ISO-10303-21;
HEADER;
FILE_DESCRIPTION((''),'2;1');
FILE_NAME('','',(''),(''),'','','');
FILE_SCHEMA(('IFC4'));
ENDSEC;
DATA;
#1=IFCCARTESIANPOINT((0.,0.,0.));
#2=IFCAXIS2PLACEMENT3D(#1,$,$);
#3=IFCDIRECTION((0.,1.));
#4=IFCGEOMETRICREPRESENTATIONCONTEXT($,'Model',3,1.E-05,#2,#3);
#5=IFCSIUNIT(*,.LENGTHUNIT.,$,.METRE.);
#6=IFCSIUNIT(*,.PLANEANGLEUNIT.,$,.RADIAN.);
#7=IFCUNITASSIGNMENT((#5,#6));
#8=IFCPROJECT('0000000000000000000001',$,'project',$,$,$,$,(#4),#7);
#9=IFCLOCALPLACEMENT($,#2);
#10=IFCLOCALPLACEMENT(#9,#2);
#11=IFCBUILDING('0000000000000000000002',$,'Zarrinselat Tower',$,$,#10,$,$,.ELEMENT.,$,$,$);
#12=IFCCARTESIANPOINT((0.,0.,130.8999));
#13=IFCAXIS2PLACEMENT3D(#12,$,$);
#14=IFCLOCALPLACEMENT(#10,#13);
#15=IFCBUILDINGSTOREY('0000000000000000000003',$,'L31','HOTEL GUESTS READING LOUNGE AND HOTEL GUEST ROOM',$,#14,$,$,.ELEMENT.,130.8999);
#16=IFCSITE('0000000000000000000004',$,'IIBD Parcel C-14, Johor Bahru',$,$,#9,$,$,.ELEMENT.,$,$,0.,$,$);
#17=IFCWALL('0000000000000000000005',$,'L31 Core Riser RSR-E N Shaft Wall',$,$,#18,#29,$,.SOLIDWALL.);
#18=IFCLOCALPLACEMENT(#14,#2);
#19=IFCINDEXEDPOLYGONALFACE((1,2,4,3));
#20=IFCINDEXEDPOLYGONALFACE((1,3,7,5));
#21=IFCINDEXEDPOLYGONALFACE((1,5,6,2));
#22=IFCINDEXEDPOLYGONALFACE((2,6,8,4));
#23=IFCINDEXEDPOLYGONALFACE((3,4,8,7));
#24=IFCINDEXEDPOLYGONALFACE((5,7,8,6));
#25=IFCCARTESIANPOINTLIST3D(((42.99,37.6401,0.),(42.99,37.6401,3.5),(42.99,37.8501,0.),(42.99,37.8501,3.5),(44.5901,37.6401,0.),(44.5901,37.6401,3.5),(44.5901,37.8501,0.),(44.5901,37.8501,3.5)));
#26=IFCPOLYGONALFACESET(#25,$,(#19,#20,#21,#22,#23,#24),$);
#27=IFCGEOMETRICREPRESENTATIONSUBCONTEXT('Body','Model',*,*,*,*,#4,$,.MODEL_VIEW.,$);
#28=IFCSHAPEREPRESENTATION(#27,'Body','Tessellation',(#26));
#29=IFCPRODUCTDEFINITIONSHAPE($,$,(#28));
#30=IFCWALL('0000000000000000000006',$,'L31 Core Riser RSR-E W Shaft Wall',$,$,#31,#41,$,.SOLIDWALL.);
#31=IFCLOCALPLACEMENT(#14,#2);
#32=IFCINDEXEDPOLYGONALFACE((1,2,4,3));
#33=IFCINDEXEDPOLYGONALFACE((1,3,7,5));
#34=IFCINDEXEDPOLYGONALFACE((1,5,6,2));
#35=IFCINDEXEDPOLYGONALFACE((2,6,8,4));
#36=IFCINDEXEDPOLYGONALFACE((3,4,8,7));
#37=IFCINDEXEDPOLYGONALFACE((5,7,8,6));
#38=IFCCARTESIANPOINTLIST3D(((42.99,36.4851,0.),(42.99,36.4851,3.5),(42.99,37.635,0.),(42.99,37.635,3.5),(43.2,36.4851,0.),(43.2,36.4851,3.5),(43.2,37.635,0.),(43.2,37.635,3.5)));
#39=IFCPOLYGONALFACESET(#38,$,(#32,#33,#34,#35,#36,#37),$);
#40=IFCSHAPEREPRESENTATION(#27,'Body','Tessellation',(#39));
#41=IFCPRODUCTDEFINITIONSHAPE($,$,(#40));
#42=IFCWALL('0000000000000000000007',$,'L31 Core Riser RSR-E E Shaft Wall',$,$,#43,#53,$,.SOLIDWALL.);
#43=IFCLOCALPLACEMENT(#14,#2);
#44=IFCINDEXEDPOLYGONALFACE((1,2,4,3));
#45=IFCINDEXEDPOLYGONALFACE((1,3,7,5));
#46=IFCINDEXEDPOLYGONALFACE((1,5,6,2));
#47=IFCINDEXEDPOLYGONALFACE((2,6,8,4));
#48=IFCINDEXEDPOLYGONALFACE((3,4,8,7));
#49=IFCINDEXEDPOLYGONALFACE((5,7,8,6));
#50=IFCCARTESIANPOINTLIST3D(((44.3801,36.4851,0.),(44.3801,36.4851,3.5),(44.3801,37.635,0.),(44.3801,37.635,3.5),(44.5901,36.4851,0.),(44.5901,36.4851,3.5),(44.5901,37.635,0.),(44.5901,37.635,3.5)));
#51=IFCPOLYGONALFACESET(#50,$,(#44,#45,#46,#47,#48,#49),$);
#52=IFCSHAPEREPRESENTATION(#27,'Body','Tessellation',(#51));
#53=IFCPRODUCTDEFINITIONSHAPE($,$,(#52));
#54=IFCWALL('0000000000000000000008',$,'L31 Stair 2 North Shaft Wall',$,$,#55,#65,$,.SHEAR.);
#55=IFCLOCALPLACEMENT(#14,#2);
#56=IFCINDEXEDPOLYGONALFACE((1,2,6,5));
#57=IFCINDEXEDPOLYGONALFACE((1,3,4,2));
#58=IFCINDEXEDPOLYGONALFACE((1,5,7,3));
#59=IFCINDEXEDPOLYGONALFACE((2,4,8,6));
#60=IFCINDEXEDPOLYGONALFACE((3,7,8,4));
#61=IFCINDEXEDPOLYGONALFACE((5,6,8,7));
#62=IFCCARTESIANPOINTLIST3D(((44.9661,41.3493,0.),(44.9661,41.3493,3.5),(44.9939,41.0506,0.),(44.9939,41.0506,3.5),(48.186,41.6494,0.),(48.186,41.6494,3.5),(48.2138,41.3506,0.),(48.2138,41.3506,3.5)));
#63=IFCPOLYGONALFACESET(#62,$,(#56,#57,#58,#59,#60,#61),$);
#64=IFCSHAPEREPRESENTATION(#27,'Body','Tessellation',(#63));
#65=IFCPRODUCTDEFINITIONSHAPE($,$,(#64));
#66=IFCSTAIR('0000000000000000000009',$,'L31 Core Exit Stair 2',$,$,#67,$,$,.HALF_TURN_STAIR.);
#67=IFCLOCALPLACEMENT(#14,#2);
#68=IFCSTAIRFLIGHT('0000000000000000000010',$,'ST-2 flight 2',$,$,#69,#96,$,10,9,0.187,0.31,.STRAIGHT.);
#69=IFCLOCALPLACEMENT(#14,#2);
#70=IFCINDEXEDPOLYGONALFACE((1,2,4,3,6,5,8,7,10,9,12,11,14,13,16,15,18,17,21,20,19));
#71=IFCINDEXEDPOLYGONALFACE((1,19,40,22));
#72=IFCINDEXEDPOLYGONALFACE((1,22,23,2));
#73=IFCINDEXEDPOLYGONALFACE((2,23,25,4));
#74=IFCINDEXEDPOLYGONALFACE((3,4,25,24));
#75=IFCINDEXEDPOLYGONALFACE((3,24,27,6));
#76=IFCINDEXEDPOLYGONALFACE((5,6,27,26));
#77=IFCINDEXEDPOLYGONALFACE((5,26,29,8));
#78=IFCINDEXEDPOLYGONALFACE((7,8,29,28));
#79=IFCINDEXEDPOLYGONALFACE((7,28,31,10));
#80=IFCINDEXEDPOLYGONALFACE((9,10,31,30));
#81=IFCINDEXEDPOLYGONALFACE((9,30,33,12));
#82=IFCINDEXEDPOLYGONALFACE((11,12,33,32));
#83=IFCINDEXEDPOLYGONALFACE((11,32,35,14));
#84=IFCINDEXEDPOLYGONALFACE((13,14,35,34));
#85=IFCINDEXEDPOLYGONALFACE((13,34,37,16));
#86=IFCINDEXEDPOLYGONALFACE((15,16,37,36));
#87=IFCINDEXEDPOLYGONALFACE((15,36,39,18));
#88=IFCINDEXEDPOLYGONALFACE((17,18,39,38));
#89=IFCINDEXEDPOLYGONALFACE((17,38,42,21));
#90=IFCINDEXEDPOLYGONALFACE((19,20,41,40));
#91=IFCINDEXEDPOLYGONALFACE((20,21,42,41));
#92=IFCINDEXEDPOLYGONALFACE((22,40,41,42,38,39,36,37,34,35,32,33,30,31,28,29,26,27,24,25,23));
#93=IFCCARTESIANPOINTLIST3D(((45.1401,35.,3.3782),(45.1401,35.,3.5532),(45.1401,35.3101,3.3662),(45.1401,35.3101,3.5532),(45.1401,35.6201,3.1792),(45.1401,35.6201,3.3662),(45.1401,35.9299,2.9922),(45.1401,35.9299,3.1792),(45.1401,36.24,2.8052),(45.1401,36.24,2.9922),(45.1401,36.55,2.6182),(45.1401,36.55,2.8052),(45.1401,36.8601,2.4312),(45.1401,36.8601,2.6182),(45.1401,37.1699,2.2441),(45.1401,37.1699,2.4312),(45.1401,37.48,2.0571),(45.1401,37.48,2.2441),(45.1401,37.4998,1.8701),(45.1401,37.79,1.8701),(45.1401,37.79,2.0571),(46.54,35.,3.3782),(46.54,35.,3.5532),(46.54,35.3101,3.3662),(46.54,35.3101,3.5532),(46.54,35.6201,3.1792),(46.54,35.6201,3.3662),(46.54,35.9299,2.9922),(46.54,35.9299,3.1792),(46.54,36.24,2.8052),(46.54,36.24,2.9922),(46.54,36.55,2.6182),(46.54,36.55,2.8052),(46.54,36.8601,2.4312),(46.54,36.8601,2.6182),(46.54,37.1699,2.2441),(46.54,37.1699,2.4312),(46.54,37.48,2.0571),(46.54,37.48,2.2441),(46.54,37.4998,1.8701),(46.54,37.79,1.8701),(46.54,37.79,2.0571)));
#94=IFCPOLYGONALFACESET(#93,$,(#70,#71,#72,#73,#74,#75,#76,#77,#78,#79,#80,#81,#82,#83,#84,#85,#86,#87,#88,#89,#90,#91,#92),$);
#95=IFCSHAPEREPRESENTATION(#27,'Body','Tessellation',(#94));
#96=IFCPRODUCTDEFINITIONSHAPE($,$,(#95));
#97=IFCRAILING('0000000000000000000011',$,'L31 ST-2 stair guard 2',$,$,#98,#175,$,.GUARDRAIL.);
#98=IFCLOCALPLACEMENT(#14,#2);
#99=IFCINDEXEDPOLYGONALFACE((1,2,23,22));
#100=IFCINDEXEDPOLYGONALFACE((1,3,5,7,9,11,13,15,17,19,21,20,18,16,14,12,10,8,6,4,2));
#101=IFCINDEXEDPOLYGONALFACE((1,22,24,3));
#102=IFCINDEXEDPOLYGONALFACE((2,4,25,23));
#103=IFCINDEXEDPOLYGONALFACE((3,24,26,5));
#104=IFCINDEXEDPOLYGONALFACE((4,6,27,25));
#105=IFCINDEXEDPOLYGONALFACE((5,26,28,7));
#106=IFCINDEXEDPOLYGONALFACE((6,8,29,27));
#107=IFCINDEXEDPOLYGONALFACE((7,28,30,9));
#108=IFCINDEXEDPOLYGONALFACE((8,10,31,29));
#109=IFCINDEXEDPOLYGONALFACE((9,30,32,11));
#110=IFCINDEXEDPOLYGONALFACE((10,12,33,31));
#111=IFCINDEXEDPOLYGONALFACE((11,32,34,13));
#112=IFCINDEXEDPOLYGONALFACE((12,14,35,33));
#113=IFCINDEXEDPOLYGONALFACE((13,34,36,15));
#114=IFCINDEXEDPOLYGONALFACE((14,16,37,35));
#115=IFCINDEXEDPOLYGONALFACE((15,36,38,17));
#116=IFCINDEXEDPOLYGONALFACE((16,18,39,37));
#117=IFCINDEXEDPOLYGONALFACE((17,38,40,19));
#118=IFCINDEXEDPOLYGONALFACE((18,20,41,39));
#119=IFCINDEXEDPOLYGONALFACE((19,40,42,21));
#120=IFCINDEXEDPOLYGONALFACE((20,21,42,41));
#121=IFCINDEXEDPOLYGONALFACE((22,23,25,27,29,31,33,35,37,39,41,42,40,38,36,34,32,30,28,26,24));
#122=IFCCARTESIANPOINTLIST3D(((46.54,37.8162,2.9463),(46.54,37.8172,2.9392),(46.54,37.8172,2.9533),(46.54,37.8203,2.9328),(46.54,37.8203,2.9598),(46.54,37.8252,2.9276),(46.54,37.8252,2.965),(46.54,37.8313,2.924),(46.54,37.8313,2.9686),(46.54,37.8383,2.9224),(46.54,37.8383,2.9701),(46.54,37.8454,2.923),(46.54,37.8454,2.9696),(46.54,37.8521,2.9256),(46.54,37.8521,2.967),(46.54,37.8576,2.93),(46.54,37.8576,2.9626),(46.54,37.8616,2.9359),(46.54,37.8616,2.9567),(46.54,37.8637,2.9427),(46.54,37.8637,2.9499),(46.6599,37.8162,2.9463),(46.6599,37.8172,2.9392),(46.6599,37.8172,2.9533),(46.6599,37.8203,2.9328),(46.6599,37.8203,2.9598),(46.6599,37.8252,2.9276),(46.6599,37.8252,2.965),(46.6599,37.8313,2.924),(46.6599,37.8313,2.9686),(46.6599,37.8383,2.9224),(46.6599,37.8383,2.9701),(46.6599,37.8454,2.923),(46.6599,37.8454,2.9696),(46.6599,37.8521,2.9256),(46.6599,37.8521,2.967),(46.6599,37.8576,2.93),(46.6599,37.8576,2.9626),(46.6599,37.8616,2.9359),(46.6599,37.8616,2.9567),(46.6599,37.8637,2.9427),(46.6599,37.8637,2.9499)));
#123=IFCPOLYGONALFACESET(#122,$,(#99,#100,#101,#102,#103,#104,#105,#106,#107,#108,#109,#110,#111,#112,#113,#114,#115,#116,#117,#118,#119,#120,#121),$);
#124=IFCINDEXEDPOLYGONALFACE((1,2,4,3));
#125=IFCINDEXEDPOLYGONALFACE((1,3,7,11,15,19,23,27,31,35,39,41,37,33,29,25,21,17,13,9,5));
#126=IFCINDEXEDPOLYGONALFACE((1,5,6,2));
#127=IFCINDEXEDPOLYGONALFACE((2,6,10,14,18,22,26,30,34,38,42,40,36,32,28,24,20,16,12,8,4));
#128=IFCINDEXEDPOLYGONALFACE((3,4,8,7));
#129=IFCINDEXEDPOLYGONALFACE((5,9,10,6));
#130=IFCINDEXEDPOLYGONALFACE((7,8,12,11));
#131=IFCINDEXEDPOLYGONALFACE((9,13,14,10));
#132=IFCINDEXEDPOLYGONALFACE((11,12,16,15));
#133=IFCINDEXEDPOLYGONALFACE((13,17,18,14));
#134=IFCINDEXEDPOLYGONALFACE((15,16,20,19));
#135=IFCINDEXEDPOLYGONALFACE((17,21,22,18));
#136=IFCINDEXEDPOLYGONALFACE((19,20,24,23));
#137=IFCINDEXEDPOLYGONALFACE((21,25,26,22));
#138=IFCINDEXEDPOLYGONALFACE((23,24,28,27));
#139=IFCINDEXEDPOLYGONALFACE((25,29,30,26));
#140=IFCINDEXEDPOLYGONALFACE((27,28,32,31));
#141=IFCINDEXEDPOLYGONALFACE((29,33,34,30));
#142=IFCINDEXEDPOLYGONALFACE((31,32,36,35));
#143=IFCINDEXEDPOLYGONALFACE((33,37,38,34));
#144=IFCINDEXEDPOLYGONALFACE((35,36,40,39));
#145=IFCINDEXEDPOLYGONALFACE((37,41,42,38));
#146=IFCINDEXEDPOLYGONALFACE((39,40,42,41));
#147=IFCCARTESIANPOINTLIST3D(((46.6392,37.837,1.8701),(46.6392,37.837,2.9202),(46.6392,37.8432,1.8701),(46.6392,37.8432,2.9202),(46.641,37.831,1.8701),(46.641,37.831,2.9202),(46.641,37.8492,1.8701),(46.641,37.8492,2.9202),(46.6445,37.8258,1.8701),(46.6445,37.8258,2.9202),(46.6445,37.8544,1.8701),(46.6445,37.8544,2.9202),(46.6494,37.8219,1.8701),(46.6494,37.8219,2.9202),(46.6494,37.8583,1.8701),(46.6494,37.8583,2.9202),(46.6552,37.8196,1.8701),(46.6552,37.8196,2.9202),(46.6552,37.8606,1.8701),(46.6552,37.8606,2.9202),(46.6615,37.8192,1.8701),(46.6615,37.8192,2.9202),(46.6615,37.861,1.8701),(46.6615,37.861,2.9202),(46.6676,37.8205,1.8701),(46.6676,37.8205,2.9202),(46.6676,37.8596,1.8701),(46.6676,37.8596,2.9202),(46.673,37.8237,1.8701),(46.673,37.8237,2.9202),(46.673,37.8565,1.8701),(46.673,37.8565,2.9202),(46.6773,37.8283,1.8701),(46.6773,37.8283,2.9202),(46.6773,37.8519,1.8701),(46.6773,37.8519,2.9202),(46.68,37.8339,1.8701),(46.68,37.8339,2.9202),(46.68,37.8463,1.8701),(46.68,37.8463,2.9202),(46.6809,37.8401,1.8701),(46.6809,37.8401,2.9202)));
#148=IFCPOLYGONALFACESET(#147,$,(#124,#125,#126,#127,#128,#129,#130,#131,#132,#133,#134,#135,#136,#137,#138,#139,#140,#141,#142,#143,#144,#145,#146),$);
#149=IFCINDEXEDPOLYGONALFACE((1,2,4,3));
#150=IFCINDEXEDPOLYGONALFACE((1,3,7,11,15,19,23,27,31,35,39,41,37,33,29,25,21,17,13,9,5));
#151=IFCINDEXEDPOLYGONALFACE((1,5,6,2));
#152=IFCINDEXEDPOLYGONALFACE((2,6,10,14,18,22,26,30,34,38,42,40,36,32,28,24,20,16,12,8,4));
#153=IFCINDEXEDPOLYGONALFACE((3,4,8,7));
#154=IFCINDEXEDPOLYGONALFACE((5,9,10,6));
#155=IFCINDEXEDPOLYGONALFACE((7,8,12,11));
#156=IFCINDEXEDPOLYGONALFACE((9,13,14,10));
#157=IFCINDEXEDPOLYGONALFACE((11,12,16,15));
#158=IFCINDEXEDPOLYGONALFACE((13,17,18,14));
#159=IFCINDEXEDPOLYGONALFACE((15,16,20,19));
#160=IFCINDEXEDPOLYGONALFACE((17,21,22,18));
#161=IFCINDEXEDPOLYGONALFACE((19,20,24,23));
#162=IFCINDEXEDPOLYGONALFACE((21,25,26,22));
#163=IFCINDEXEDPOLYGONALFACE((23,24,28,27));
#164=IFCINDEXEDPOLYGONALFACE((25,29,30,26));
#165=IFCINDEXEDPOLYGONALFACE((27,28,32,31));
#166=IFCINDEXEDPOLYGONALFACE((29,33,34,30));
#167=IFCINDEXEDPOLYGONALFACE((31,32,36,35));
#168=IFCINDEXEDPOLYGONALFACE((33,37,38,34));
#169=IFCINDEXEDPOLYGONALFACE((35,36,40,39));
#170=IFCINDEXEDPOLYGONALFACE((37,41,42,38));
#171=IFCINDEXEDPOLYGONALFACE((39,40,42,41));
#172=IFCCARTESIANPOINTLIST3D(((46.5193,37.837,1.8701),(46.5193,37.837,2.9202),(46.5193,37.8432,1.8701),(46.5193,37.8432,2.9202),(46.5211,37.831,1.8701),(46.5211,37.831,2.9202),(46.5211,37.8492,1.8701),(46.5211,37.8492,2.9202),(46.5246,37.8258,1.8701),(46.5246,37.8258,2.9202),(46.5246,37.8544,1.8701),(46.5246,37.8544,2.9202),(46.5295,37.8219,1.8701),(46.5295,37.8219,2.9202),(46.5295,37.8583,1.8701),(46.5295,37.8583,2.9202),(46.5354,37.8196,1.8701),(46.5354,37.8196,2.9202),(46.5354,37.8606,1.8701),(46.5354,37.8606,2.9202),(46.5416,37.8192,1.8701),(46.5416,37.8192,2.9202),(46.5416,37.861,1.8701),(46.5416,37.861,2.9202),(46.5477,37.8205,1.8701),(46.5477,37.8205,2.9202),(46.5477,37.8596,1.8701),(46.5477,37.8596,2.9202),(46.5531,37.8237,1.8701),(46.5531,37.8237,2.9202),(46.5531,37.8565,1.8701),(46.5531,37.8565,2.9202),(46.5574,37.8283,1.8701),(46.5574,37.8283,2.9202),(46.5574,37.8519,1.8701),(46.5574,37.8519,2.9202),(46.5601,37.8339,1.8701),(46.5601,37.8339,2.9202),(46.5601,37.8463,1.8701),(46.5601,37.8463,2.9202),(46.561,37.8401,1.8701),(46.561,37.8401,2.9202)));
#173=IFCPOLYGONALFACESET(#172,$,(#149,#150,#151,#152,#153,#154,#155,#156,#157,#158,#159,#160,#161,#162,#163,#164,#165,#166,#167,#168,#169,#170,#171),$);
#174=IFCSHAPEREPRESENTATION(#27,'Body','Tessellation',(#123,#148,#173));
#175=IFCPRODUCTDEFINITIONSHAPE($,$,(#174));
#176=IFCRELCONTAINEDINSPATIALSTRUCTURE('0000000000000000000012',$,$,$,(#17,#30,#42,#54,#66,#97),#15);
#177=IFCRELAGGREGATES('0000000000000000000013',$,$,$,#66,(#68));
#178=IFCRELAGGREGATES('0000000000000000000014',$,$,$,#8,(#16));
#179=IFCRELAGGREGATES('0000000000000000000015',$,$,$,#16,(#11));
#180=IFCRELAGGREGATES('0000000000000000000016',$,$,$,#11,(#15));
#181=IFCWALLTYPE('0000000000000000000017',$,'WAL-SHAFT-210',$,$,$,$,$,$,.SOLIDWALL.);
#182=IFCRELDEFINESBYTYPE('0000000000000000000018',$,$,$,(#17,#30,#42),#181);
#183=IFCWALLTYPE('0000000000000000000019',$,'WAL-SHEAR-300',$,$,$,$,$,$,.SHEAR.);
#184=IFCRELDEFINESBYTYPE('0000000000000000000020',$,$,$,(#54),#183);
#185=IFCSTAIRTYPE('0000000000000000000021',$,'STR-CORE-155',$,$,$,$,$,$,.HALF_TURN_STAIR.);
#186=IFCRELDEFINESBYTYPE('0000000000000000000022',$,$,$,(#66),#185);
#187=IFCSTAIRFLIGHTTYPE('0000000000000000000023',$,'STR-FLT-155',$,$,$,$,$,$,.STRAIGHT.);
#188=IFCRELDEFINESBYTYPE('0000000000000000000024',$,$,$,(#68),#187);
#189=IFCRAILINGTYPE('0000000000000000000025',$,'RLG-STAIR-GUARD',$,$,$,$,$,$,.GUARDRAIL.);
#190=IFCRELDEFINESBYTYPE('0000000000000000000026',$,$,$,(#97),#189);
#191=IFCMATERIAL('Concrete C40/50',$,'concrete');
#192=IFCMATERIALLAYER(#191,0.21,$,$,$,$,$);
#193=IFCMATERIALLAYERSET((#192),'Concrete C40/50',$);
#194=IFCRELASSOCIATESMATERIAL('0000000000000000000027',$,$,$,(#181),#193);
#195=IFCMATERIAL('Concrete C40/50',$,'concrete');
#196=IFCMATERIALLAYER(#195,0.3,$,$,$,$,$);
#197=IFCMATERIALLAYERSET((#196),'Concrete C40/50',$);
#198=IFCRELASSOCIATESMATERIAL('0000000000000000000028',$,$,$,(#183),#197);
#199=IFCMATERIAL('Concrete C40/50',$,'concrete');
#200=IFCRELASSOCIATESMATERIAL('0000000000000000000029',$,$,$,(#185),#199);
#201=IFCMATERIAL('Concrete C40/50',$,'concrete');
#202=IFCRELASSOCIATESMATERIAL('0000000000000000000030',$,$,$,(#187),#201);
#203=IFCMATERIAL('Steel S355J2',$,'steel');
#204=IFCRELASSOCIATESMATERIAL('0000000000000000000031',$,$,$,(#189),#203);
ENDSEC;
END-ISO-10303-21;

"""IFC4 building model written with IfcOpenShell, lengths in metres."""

from ifc_helpers import new_model, si_unit, direction, frame, frame_2d, origin, origin_2d, place, context, subcontext, project, spatial, polyline, rectangle, circle, outline, extrude, material, layer, layer_set, type_object, element, aggregate, save


model = new_model("IFC4")

# Units and contexts
model_context = context("Model", 3, precision=1e-05, world=origin(), true_north=direction((0.0, 1.0)))
body_context = subcontext(model_context, "Body", "Model", "MODEL_VIEW")
ifc_project = project(units=[si_unit("LENGTHUNIT", "METRE"), si_unit("PLANEANGLEUNIT", "RADIAN")], contexts=[model_context])

# Site, building, storey
site_placement = place(None, origin())
site = spatial("IfcSite", under=ifc_project, at=site_placement, Name="IIBD Parcel C-14, Johor Bahru", CompositionType="ELEMENT", RefElevation=0.0)
building_placement = place(site_placement, origin())
building = spatial("IfcBuilding", under=site, at=building_placement, Name="Zarrinselat Tower", CompositionType="ELEMENT")
storey_placement = place(building_placement, frame((0.0, 0.0, 130.8999)))
storey = spatial("IfcBuildingStorey", under=building, at=storey_placement, Name="L31", Description="HOTEL GUESTS READING LOUNGE AND HOTEL GUEST ROOM", CompositionType="ELEMENT", Elevation=130.8999)

# Walls
ifc_material_1 = material(Name="Concrete C40/50", Category="concrete")
ifc_layer_1 = layer(ifc_material_1, 0.21)
ifc_layer_set_1 = layer_set([ifc_layer_1], Name="Concrete C40/50")
wall_type_1 = type_object("IfcWallType", Name="WAL-SHAFT-210", PredefinedType="SOLIDWALL", material=ifc_layer_set_1)
for number, where, z_axis, x_axis, name in (
    (1, (42.99, 37.7451, 0.0), (0.0, 0.0, 1.0), (1.0, 0.0, 0.0), "L31 Core Riser RSR-E N Shaft Wall"),
):
    element("IfcWall", number, at=place(storey_placement, frame(where, z_axis=z_axis, x_axis=x_axis)), inside=storey, type_object=wall_type_1, Name=name, PredefinedType="SOLIDWALL", context=body_context, shape_type="SweptSolid", body=[
        extrude(rectangle(XDim=1.6001, YDim=0.21, at=frame_2d((0.8, 0.0))), origin(), (0.0, 0.0, 1.0), 3.5),
    ])
for number, where, z_axis, x_axis, name in (
    (2, (43.095, 36.4851, 0.0), (0.0, 0.0, 1.0), (0.0, 1.0, 0.0), "L31 Core Riser RSR-E W Shaft Wall"),
    (3, (44.4851, 36.4851, 0.0), (0.0, 0.0, 1.0), (0.0, 1.0, 0.0), "L31 Core Riser RSR-E E Shaft Wall"),
):
    element("IfcWall", number, at=place(storey_placement, frame(where, z_axis=z_axis, x_axis=x_axis)), inside=storey, type_object=wall_type_1, Name=name, PredefinedType="SOLIDWALL", context=body_context, shape_type="SweptSolid", body=[
        extrude(rectangle(XDim=1.1499, YDim=0.21, at=frame_2d((0.575, 0.0))), origin(), (0.0, 0.0, 1.0), 3.5),
    ])
ifc_material_2 = material(Name="Concrete C40/50", Category="concrete")
ifc_layer_2 = layer(ifc_material_2, 0.3)
ifc_layer_set_2 = layer_set([ifc_layer_2], Name="Concrete C40/50")
wall_type_2 = type_object("IfcWallType", Name="WAL-SHEAR-300", PredefinedType="SHEAR", material=ifc_layer_set_2)
wall_1_placement = place(storey_placement, frame((44.98, 41.2, 0.0), z_axis=(0.0, 0.0, 1.0), x_axis=(0.995686, 0.092782, 0.0)))
element("IfcWall", 4, at=wall_1_placement, inside=storey, type_object=wall_type_2, Name="L31 Stair 2 North Shaft Wall", PredefinedType="SHEAR", context=body_context, shape_type="SweptSolid", body=[
    extrude(rectangle(XDim=3.2339, YDim=0.3, at=frame_2d((1.6169, 0.0))), origin(), (0.0, 0.0, 1.0), 3.5),
])

# Stair, stair flight
ifc_material_3 = material(Name="Concrete C40/50", Category="concrete")
stair_type = type_object("IfcStairType", Name="STR-CORE-155", PredefinedType="HALF_TURN_STAIR", material=ifc_material_3)
stair_placement = place(storey_placement, origin())
stair = element("IfcStair", 5, at=stair_placement, inside=storey, type_object=stair_type, Name="L31 Core Exit Stair 2", PredefinedType="HALF_TURN_STAIR")
ifc_material_4 = material(Name="Concrete C40/50", Category="concrete")
stair_flight_type = type_object("IfcStairFlightType", Name="STR-FLT-155", PredefinedType="STRAIGHT", material=ifc_material_4)
stair_flight_placement = place(storey_placement, frame((45.8401, 37.79, 1.8701), z_axis=(0.0, 0.0, 1.0), x_axis=(0.0, -1.0, 0.0)))
stair_flight = element("IfcStairFlight", 6, at=stair_flight_placement, type_object=stair_flight_type, Name="ST-2 flight 2", NumberOfRisers=10, NumberOfTreads=9, PredefinedType="STRAIGHT", RiserHeight=0.187, TreadLength=0.31, context=body_context, shape_type="SweptSolid", body=[
    extrude(outline(polyline([(0.0, 0.0), (0.0, 0.187), (0.3101, 0.187), (0.3101, 0.374), (0.6201, 0.374), (0.6201, 0.561), (0.9299, 0.561), (0.9299, 0.748), (1.24, 0.748), (1.24, 0.9351), (1.55, 0.9351), (1.55, 1.1221), (1.8601, 1.1221), (1.8601, 1.3091), (2.1699, 1.3091), (2.1699, 1.4961), (2.48, 1.4961), (2.48, 1.6831), (2.79, 1.6831), (2.79, 1.8701), (2.79, 1.5081), (0.2903, 0.0), (0.0, 0.0)])), frame((0.0, 0.7, 0.0), z_axis=(0.0, -1.0, 0.0), x_axis=(1.0, 0.0, 0.0)), (0.0, 0.0, 1.0), 1.3999),
])
aggregate(stair, [stair_flight])

# Railing
ifc_material_5 = material(Name="Steel S355J2", Category="steel")
railing_type_1 = type_object("IfcRailingType", Name="RLG-STAIR-GUARD", PredefinedType="GUARDRAIL", material=ifc_material_5)
railing_1_placement = place(storey_placement, frame((46.6599, 37.8401, 1.8701)))
element("IfcRailing", 7, at=railing_1_placement, inside=storey, type_object=railing_type_1, Name="L31 ST-2 stair guard 2", PredefinedType="GUARDRAIL", context=body_context, shape_type="SweptSolid", body=[
    extrude(circle(Radius=0.0239, at=origin_2d()), frame((0.0, 0.0, 1.0762), z_axis=(-1.0, 0.0, 0.0), x_axis=(0.0, -1.0, 0.0)), (0.0, 0.0, 1.0), 0.1199),
    extrude(circle(Radius=0.021, at=origin_2d()), origin(), (0.0, 0.0, 1.0), 1.05),
    extrude(circle(Radius=0.021, at=origin_2d()), frame((-0.1199, 0.0, 0.0)), (0.0, 0.0, 1.0), 1.05),
])

save(model, "model.ifc")
